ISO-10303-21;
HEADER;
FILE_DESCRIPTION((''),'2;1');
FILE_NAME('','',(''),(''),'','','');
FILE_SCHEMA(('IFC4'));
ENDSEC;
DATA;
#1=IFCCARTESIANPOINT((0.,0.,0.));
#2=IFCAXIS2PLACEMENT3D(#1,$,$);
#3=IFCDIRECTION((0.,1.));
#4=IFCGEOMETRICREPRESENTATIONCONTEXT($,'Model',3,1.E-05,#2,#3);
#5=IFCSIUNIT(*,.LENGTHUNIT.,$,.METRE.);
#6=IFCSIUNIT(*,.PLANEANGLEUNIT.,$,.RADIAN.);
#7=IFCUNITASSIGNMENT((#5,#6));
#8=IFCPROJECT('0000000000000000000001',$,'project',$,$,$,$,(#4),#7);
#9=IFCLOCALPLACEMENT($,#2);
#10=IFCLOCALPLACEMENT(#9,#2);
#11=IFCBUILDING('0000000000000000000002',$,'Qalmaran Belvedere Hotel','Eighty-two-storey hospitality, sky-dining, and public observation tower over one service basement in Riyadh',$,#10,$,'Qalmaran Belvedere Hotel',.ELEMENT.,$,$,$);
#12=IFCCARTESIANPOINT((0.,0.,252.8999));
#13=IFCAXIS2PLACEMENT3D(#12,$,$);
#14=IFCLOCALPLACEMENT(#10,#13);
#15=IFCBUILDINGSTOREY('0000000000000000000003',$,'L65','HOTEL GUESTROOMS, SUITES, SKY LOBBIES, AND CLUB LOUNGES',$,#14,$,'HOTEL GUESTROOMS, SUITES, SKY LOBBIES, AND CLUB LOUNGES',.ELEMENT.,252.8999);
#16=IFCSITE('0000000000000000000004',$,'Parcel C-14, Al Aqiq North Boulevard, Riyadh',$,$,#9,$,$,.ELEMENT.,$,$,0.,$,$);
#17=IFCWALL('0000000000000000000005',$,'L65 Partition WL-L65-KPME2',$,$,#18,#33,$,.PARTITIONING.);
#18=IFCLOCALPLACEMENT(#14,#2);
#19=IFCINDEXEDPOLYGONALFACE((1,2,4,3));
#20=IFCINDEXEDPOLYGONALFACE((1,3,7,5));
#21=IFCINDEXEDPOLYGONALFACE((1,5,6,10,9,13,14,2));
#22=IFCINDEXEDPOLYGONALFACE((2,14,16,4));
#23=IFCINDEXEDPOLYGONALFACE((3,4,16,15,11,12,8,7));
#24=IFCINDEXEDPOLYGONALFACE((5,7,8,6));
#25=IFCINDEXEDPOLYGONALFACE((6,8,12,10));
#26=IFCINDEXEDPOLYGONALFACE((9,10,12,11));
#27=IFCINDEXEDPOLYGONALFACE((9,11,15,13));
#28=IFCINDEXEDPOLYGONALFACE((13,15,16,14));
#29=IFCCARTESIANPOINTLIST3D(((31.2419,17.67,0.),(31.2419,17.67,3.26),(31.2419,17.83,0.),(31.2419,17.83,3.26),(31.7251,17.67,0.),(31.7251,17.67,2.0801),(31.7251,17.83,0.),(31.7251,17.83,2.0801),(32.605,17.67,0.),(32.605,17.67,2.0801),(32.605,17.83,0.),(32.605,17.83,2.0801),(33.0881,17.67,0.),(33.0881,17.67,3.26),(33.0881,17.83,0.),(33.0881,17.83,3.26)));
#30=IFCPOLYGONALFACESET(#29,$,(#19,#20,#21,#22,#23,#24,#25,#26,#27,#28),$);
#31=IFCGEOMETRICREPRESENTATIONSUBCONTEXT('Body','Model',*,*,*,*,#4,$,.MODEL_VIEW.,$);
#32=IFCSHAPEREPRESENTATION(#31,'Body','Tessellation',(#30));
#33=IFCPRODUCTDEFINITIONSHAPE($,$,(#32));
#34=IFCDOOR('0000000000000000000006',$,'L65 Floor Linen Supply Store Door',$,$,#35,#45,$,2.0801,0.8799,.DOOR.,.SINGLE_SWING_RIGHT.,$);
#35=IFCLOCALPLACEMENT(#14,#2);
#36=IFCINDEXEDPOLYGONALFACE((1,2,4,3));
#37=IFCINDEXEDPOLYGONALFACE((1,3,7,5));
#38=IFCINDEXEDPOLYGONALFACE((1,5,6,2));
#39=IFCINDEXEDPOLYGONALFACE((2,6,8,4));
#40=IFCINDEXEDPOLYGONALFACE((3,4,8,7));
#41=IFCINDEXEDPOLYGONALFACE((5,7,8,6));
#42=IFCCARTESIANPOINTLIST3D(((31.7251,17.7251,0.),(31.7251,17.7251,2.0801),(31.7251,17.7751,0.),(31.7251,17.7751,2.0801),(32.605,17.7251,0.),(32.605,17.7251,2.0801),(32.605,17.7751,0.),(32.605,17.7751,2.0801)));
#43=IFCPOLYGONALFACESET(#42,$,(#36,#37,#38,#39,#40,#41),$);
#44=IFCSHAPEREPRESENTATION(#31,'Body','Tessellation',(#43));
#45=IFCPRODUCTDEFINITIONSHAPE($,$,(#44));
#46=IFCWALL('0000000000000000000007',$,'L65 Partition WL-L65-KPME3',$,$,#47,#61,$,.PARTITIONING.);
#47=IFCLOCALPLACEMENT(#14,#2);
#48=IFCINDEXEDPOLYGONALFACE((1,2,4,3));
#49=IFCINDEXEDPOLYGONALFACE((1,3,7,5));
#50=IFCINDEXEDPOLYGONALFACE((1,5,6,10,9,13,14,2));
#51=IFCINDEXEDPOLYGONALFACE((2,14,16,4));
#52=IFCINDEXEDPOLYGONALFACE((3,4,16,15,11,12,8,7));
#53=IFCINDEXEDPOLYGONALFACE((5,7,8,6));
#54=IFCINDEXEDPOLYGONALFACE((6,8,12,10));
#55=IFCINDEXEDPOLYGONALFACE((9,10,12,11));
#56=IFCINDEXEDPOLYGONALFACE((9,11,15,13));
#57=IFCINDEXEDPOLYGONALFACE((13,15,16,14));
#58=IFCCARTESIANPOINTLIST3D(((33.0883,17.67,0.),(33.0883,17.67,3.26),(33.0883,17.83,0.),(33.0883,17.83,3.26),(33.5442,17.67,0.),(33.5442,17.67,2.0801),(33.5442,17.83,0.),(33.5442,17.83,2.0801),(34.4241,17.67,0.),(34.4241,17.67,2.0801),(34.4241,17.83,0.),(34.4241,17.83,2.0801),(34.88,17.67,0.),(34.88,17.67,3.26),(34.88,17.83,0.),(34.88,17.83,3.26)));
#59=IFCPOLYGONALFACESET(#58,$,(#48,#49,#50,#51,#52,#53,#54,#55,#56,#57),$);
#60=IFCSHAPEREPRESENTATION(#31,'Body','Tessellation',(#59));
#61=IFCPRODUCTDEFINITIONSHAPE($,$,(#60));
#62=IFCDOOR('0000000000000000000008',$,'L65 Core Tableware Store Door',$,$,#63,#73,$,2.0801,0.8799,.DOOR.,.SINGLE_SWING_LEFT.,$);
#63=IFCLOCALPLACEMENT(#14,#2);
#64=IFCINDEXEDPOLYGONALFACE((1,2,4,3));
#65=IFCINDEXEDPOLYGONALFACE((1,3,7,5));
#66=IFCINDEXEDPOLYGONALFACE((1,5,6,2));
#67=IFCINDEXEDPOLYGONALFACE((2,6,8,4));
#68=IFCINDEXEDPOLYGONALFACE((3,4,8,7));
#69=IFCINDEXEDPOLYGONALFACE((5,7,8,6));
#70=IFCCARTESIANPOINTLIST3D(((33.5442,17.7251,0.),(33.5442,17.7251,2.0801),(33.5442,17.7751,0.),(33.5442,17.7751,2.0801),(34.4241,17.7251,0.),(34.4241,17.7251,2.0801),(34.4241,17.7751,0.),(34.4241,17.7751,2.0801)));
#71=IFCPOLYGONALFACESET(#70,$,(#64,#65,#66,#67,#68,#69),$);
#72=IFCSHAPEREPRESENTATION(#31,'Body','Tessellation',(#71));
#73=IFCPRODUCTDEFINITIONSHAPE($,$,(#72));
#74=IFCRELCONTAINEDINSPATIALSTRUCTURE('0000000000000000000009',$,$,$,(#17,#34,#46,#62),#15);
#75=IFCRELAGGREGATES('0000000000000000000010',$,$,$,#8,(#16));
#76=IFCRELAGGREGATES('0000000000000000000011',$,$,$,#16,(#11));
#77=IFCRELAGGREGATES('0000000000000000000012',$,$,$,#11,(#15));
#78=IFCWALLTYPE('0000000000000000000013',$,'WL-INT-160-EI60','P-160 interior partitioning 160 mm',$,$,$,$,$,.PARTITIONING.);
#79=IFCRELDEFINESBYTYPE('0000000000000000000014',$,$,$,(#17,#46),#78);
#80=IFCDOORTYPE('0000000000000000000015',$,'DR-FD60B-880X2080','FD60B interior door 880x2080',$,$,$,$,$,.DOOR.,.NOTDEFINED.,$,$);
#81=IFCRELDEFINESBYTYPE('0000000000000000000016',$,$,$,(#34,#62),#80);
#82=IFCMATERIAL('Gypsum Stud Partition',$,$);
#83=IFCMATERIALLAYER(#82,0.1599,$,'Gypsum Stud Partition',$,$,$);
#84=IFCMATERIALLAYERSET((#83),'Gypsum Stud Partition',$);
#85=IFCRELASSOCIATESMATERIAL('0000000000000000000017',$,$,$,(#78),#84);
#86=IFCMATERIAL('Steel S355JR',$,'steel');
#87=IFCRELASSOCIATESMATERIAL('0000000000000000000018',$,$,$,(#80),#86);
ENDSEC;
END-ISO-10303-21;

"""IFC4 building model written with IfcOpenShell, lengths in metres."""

from ifc_helpers import new_model, si_unit, direction, frame, frame_2d, origin, place, context, subcontext, project, spatial, rectangle, extrude, material, layer, layer_set, type_object, element, fill, save


model = new_model("IFC4")

# Units and contexts
model_context = context("Model", 3, precision=1e-05, world=origin(), true_north=direction((0.0, 1.0)))
body_context = subcontext(model_context, "Body", "Model", "MODEL_VIEW")
ifc_project = project(units=[si_unit("LENGTHUNIT", "METRE"), si_unit("PLANEANGLEUNIT", "RADIAN")], contexts=[model_context])

# Site, building, storey
site_placement = place(None, origin())
site = spatial("IfcSite", under=ifc_project, at=site_placement, Name="Parcel C-14, Al Aqiq North Boulevard, Riyadh", CompositionType="ELEMENT", RefElevation=0.0)
building_placement = place(site_placement, origin())
building = spatial("IfcBuilding", under=site, at=building_placement, Name="Qalmaran Belvedere Hotel", Description="Eighty-two-storey hospitality, sky-dining, and public observation tower over one service basement in Riyadh", LongName="Qalmaran Belvedere Hotel", CompositionType="ELEMENT")
storey_placement = place(building_placement, frame((0.0, 0.0, 252.8999)))
storey = spatial("IfcBuildingStorey", under=building, at=storey_placement, Name="L65", Description="HOTEL GUESTROOMS, SUITES, SKY LOBBIES, AND CLUB LOUNGES", LongName="HOTEL GUESTROOMS, SUITES, SKY LOBBIES, AND CLUB LOUNGES", CompositionType="ELEMENT", Elevation=252.8999)

# Shared definitions
ifc_material_1 = material(Name="Steel S355JR", Category="steel")

# Shared definitions
ifc_material_2 = material(Name="Gypsum Stud Partition")

# Walls, openings, doors
ifc_layer_1 = layer(ifc_material_2, 0.1599, Name="Gypsum Stud Partition")
ifc_layer_set_1 = layer_set([ifc_layer_1], Name="Gypsum Stud Partition")
wall_type_1 = type_object("IfcWallType", Name="WL-INT-160-EI60", Description="P-160 interior partitioning 160 mm", PredefinedType="PARTITIONING", material=ifc_layer_set_1)
door_type_1 = type_object("IfcDoorType", Name="DR-FD60B-880X2080", Description="FD60B interior door 880x2080", OperationType="NOTDEFINED", PredefinedType="DOOR", material=ifc_material_1)
wall_1_placement = place(storey_placement, frame((31.2419, 17.75, 0.0), z_axis=(0.0, 0.0, 1.0), x_axis=(1.0, 0.0, 0.0)))
wall_1 = element("IfcWall", 1, at=wall_1_placement, inside=storey, type_object=wall_type_1, Name="L65 Partition WL-L65-KPME2", PredefinedType="PARTITIONING", context=body_context, shape_type="SweptSolid", body=[
    extrude(rectangle(XDim=1.8462, YDim=0.1599, at=frame_2d((0.9231, 0.0))), origin(), (0.0, 0.0, 1.0), 3.26),
])
opening_1_placement = place(wall_1_placement, frame((1.363, 0.0, 0.0), z_axis=(0.0, 0.0, 1.0), x_axis=(-1.0, 0.0, 0.0)))
opening_1 = element("IfcOpeningElement", 2, at=opening_1_placement, cuts=wall_1, PredefinedType="OPENING", context=body_context, shape_type="SweptSolid", body=[
    extrude(rectangle(XDim=0.8799, YDim=2.0801, at=frame_2d((0.4399, 1.04))), frame((0.0, 0.0898, 0.0), z_axis=(0.0, -1.0, 0.0), x_axis=(1.0, 0.0, 0.0)), (0.0, 0.0, 1.0), 0.1799),
])
door_1_placement = place(opening_1_placement, origin())
door_1 = element("IfcDoor", 3, at=door_1_placement, inside=storey, type_object=door_type_1, Name="L65 Floor Linen Supply Store Door", OperationType="SINGLE_SWING_RIGHT", OverallHeight=2.0801, OverallWidth=0.8799, PredefinedType="DOOR", context=body_context, shape_type="SweptSolid", body=[
    extrude(rectangle(XDim=0.8799, YDim=2.0801, at=frame_2d((0.4399, 1.04))), frame((0.0, 0.0249, 0.0), z_axis=(0.0, -1.0, 0.0), x_axis=(1.0, 0.0, 0.0)), (0.0, 0.0, 1.0), 0.05),
])
fill(opening_1, door_1)
wall_2_placement = place(storey_placement, frame((33.0881, 17.75, 0.0), z_axis=(0.0, 0.0, 1.0), x_axis=(1.0, 0.0, 0.0)))
wall_2 = element("IfcWall", 4, at=wall_2_placement, inside=storey, type_object=wall_type_1, Name="L65 Partition WL-L65-KPME3", PredefinedType="PARTITIONING", context=body_context, shape_type="SweptSolid", body=[
    extrude(rectangle(XDim=1.7917, YDim=0.1599, at=frame_2d((0.896, 0.0))), origin(), (0.0, 0.0, 1.0), 3.26),
])
opening_2_placement = place(wall_2_placement, frame((1.3359, 0.0, 0.0), z_axis=(0.0, 0.0, 1.0), x_axis=(-1.0, 0.0, 0.0)))
opening_2 = element("IfcOpeningElement", 5, at=opening_2_placement, cuts=wall_2, PredefinedType="OPENING", context=body_context, shape_type="SweptSolid", body=[
    extrude(rectangle(XDim=0.8799, YDim=2.0801, at=frame_2d((0.4399, 1.04))), frame((0.0, 0.0898, 0.0), z_axis=(0.0, -1.0, 0.0), x_axis=(1.0, 0.0, 0.0)), (0.0, 0.0, 1.0), 0.1799),
])
door_2_placement = place(opening_2_placement, origin())
door_2 = element("IfcDoor", 6, at=door_2_placement, inside=storey, type_object=door_type_1, Name="L65 Core Tableware Store Door", OperationType="SINGLE_SWING_LEFT", OverallHeight=2.0801, OverallWidth=0.8799, PredefinedType="DOOR", context=body_context, shape_type="SweptSolid", body=[
    extrude(rectangle(XDim=0.8799, YDim=2.0801, at=frame_2d((0.4399, 1.04))), frame((0.0, 0.0249, 0.0), z_axis=(0.0, -1.0, 0.0), x_axis=(1.0, 0.0, 0.0)), (0.0, 0.0, 1.0), 0.05),
])
fill(opening_2, door_2)

save(model, "model.ifc")
